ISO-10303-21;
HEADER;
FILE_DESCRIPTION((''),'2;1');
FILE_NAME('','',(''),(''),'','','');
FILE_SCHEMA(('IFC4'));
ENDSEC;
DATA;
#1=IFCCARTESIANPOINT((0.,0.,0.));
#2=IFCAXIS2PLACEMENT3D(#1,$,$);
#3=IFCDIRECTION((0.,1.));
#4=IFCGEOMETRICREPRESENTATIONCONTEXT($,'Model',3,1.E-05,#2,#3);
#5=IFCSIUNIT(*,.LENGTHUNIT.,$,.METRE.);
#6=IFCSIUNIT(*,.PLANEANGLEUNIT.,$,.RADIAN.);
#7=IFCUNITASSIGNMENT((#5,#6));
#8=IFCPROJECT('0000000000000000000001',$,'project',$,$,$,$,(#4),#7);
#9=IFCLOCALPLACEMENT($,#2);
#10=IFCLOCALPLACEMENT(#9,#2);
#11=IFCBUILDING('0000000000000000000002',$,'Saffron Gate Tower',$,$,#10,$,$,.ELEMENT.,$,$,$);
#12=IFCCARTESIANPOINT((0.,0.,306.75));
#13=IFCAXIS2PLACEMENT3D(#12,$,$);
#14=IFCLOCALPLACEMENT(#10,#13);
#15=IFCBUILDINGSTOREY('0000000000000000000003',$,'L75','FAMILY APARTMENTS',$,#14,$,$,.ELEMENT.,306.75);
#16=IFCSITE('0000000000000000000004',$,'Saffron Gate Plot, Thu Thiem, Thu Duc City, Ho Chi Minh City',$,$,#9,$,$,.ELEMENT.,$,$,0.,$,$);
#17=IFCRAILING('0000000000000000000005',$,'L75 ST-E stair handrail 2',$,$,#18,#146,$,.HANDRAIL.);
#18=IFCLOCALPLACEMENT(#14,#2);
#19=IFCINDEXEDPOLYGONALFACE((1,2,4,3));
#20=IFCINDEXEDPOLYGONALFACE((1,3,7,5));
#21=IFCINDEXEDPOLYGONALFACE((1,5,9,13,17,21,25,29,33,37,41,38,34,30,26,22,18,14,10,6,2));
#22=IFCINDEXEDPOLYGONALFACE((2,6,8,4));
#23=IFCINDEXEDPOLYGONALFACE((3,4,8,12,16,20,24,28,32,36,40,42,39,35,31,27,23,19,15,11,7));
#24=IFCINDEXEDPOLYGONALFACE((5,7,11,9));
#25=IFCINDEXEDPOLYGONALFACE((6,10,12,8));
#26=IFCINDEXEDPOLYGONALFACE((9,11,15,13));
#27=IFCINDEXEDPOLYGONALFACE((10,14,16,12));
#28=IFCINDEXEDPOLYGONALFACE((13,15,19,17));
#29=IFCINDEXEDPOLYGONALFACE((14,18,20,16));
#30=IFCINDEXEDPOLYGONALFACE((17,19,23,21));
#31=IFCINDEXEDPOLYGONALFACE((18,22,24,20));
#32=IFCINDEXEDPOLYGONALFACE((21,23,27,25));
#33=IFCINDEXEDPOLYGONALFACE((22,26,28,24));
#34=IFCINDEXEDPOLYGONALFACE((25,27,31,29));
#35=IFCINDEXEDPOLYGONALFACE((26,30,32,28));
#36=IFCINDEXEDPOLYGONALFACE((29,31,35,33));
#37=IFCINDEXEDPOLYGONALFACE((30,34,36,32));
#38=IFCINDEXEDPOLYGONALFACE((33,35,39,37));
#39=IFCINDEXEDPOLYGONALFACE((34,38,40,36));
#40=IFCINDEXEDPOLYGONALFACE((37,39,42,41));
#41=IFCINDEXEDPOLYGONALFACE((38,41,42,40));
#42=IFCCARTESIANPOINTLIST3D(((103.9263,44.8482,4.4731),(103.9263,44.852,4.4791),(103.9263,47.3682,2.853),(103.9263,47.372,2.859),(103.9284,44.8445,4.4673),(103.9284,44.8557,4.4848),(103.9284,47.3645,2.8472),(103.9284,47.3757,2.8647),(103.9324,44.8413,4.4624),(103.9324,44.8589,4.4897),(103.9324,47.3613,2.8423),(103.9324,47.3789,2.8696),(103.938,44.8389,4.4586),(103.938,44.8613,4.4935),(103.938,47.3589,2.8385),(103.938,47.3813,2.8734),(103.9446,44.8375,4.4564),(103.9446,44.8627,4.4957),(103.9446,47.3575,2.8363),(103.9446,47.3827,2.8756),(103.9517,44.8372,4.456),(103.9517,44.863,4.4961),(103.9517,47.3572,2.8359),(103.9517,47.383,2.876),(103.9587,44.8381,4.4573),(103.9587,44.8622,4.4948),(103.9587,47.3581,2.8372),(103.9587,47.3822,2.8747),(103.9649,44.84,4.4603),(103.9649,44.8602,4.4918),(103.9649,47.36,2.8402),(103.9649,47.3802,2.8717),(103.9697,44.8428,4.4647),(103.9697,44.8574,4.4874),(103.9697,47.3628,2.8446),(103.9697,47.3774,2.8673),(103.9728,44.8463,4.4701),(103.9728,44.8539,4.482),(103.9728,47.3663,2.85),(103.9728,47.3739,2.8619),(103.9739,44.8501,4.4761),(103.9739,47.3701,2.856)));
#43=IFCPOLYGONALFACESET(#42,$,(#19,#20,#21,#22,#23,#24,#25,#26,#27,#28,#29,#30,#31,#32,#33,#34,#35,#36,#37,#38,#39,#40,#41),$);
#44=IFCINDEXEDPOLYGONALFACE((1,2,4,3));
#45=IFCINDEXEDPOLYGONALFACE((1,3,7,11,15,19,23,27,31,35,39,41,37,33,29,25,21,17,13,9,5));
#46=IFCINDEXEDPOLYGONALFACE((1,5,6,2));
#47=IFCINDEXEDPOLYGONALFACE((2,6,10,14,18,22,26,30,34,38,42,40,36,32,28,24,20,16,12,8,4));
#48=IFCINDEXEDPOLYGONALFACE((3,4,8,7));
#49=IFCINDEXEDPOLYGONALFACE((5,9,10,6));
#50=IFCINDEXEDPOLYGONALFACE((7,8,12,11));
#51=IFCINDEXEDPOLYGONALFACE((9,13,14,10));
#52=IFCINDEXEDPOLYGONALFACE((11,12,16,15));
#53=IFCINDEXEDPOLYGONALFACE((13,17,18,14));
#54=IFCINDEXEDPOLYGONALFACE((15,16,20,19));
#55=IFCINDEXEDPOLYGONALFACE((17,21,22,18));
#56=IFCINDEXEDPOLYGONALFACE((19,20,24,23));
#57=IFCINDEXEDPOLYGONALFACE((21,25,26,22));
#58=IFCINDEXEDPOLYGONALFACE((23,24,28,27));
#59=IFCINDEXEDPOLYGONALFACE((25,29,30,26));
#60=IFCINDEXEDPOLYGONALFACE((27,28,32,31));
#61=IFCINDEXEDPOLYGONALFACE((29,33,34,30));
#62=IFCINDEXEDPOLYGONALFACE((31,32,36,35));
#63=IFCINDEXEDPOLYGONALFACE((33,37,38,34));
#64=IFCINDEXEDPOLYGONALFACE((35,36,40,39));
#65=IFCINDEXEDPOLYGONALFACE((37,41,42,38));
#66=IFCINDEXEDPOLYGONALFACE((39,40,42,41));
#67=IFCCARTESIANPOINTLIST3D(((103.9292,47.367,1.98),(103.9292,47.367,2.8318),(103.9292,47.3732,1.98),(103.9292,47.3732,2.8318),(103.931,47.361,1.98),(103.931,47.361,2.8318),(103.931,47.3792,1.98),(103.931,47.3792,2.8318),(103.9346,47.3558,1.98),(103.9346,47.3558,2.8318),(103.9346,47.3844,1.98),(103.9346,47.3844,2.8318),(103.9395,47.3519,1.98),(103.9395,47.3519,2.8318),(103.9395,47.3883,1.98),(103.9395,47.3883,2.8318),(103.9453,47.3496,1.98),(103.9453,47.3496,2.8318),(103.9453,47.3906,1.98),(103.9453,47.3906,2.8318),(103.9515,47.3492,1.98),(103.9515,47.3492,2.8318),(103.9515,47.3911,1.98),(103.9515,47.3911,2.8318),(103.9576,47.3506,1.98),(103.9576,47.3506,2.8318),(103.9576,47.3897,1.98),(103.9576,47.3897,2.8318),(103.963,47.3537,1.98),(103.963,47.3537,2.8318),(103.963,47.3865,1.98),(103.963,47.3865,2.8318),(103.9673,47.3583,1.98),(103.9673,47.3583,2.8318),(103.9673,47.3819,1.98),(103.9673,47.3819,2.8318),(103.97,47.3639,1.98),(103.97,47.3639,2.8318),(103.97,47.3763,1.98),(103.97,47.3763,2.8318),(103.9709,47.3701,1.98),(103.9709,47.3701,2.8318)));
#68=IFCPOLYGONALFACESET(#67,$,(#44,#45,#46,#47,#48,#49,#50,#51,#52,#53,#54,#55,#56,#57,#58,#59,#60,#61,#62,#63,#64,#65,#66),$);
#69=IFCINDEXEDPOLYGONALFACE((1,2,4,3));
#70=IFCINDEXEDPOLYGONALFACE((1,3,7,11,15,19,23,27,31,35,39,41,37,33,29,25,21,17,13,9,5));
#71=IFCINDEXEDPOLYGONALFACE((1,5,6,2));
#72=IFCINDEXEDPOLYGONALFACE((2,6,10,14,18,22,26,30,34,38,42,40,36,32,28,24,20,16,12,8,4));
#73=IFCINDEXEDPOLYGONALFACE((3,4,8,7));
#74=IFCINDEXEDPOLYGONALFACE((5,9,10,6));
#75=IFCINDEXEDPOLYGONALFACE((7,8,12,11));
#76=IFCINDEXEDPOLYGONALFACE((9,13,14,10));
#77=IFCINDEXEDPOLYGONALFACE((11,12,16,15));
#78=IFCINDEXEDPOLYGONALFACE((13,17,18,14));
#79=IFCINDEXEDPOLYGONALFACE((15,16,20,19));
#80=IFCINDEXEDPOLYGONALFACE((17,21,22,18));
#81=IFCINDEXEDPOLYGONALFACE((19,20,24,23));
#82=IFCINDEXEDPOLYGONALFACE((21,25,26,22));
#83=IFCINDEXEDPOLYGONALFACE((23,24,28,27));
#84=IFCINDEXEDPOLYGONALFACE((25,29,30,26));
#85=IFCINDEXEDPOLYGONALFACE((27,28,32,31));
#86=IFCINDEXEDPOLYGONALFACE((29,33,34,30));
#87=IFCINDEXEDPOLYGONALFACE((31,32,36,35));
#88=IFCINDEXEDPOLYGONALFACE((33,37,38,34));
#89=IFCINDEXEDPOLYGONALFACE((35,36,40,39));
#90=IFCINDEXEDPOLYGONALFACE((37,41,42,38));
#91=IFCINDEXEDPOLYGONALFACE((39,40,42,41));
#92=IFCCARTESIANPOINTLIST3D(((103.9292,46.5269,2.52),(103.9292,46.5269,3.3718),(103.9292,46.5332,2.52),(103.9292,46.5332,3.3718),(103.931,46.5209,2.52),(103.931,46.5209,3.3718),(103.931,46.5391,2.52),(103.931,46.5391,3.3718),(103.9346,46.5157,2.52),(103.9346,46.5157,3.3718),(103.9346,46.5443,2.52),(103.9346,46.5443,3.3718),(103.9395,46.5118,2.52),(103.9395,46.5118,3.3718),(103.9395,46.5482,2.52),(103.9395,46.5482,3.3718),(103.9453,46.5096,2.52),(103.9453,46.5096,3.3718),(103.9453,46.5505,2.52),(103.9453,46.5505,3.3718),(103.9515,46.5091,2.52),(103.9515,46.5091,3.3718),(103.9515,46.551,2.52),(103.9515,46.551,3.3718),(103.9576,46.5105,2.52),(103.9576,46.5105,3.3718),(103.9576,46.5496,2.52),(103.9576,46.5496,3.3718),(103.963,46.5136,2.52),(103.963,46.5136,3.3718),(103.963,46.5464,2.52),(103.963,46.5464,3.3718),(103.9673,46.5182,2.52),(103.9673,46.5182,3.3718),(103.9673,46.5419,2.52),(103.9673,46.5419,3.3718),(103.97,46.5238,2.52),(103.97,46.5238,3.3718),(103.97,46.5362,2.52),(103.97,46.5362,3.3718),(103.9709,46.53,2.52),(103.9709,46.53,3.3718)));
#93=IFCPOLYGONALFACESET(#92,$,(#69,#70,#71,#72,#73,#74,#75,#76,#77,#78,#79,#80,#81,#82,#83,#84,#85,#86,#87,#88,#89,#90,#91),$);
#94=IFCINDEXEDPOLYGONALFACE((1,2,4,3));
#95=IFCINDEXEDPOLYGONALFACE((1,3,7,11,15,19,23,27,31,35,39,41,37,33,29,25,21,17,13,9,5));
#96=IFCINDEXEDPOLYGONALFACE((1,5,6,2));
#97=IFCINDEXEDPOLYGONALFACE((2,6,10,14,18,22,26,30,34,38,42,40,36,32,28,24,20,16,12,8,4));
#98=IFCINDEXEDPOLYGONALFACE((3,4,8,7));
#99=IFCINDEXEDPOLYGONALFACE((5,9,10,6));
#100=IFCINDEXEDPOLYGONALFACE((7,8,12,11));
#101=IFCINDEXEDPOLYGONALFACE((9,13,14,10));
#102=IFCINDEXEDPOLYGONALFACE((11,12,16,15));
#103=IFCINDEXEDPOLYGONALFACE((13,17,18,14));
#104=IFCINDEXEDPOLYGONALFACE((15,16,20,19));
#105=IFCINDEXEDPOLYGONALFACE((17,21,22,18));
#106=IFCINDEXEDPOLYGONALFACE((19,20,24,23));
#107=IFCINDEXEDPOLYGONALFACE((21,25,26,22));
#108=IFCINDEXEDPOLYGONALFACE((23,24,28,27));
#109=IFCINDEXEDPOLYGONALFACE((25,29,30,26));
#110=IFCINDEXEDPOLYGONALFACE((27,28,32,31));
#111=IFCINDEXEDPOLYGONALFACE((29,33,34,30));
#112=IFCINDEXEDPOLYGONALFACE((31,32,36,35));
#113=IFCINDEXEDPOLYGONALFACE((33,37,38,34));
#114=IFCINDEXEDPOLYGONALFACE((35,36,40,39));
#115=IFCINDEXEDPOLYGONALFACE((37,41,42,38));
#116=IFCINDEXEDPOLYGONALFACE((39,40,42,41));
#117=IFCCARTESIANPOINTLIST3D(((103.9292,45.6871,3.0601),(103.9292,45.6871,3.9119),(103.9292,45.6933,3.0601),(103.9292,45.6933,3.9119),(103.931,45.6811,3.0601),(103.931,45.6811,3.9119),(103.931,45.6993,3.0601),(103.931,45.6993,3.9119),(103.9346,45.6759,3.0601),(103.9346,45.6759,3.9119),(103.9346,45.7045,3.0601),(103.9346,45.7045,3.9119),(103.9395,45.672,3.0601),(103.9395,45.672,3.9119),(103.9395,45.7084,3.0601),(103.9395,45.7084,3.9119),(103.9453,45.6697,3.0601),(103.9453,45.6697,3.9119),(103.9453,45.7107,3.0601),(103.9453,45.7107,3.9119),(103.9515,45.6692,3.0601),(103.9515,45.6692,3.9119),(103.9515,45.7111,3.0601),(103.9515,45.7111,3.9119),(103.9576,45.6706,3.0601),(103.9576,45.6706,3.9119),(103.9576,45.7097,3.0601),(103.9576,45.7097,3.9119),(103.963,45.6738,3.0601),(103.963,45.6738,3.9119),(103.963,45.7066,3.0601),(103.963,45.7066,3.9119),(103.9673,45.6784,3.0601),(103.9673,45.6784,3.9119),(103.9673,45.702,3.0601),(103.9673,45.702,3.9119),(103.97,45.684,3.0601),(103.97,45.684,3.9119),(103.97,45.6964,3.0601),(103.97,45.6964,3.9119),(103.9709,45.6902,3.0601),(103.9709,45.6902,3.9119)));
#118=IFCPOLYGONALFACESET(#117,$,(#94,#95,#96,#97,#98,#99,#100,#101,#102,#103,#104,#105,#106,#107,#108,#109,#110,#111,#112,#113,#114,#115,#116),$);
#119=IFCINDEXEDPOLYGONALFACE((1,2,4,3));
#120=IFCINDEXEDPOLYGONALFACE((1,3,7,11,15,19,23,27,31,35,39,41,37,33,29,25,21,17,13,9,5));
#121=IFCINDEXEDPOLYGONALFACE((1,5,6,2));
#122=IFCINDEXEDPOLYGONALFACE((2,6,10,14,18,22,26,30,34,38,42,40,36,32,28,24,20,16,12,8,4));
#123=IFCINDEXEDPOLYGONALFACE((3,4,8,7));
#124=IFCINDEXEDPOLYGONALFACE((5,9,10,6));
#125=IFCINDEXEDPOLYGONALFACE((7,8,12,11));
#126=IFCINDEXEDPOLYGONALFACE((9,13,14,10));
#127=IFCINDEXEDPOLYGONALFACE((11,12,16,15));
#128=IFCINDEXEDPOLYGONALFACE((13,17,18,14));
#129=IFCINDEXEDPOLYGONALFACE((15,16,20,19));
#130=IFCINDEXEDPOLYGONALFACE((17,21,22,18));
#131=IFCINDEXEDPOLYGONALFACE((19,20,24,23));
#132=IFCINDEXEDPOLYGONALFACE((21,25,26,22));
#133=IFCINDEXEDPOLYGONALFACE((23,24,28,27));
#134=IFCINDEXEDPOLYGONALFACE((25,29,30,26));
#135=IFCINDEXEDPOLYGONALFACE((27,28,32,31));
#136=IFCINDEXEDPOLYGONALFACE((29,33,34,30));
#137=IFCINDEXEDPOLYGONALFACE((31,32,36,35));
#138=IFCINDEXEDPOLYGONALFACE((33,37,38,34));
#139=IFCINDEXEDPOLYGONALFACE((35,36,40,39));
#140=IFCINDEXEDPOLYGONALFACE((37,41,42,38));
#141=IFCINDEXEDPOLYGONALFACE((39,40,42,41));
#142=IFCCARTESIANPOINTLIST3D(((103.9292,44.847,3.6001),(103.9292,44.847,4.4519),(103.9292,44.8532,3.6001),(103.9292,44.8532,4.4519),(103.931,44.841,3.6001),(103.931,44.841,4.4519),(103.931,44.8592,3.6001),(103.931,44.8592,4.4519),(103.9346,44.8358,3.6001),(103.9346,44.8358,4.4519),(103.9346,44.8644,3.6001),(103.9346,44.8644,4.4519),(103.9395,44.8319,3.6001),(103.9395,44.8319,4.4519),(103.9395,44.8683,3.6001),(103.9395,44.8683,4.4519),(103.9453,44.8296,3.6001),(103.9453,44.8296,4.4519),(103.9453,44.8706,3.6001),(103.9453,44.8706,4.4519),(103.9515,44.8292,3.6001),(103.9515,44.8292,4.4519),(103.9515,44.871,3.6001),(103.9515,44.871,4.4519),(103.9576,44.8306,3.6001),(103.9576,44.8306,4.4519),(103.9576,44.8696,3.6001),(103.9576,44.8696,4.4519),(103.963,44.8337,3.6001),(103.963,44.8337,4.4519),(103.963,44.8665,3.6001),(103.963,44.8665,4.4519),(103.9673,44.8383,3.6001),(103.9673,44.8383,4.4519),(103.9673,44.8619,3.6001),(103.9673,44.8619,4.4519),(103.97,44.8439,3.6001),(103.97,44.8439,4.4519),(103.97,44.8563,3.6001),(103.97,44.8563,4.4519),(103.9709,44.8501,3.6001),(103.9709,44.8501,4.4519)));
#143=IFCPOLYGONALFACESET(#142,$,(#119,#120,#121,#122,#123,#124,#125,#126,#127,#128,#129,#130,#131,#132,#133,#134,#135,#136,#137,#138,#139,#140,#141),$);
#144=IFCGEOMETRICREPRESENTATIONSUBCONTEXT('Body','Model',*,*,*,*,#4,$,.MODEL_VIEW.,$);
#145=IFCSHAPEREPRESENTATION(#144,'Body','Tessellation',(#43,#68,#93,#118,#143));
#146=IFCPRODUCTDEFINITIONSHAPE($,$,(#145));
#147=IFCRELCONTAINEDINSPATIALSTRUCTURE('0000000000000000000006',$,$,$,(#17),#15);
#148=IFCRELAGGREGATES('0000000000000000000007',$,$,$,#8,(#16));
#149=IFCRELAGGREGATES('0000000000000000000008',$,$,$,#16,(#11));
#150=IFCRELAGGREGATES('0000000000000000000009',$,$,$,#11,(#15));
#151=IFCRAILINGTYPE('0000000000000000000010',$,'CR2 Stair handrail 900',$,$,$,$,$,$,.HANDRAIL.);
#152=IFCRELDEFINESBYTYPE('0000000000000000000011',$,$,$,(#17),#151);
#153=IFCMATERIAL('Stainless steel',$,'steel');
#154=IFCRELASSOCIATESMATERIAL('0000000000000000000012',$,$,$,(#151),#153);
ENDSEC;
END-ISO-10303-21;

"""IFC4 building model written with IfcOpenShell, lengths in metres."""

from ifc_helpers import new_model, si_unit, direction, frame, origin, origin_2d, place, context, subcontext, project, spatial, circle, extrude, material, type_object, element, save


model = new_model("IFC4")

# Units and contexts
model_context = context("Model", 3, precision=1e-05, world=origin(), true_north=direction((0.0, 1.0)))
body_context = subcontext(model_context, "Body", "Model", "MODEL_VIEW")
ifc_project = project(units=[si_unit("LENGTHUNIT", "METRE"), si_unit("PLANEANGLEUNIT", "RADIAN")], contexts=[model_context])

# Site, building, storey
site_placement = place(None, origin())
site = spatial("IfcSite", under=ifc_project, at=site_placement, Name="Saffron Gate Plot, Thu Thiem, Thu Duc City, Ho Chi Minh City", CompositionType="ELEMENT", RefElevation=0.0)
building_placement = place(site_placement, origin())
building = spatial("IfcBuilding", under=site, at=building_placement, Name="Saffron Gate Tower", CompositionType="ELEMENT")
storey_placement = place(building_placement, frame((0.0, 0.0, 306.75)))
storey = spatial("IfcBuildingStorey", under=building, at=storey_placement, Name="L75", Description="FAMILY APARTMENTS", CompositionType="ELEMENT", Elevation=306.75)

# Railing
ifc_material_1 = material(Name="Stainless steel", Category="steel")
railing_type_1 = type_object("IfcRailingType", Name="CR2 Stair handrail 900", PredefinedType="HANDRAIL", material=ifc_material_1)
railing_1_placement = place(storey_placement, frame((103.95, 47.3701, 1.98)))
element("IfcRailing", 1, at=railing_1_placement, inside=storey, type_object=railing_type_1, Name="L75 ST-E stair handrail 2", PredefinedType="HANDRAIL", context=body_context, shape_type="SweptSolid", body=[
    extrude(circle(Radius=0.0239, at=origin_2d()), frame((0.0, 0.0, 0.876), z_axis=(0.0, -0.841163, 0.540782), x_axis=(1.0, 0.0, 0.0)), (0.0, 0.0, 1.0), 2.9958),
    extrude(circle(Radius=0.021, at=origin_2d()), origin(), (0.0, 0.0, 1.0), 0.8518),
    extrude(circle(Radius=0.021, at=origin_2d()), frame((0.0, -0.8401, 0.54)), (0.0, 0.0, 1.0), 0.8518),
    extrude(circle(Radius=0.021, at=origin_2d()), frame((0.0, -1.6799, 1.0801)), (0.0, 0.0, 1.0), 0.8518),
    extrude(circle(Radius=0.021, at=origin_2d()), frame((0.0, -2.52, 1.6201)), (0.0, 0.0, 1.0), 0.8518),
])

save(model, "model.ifc")
